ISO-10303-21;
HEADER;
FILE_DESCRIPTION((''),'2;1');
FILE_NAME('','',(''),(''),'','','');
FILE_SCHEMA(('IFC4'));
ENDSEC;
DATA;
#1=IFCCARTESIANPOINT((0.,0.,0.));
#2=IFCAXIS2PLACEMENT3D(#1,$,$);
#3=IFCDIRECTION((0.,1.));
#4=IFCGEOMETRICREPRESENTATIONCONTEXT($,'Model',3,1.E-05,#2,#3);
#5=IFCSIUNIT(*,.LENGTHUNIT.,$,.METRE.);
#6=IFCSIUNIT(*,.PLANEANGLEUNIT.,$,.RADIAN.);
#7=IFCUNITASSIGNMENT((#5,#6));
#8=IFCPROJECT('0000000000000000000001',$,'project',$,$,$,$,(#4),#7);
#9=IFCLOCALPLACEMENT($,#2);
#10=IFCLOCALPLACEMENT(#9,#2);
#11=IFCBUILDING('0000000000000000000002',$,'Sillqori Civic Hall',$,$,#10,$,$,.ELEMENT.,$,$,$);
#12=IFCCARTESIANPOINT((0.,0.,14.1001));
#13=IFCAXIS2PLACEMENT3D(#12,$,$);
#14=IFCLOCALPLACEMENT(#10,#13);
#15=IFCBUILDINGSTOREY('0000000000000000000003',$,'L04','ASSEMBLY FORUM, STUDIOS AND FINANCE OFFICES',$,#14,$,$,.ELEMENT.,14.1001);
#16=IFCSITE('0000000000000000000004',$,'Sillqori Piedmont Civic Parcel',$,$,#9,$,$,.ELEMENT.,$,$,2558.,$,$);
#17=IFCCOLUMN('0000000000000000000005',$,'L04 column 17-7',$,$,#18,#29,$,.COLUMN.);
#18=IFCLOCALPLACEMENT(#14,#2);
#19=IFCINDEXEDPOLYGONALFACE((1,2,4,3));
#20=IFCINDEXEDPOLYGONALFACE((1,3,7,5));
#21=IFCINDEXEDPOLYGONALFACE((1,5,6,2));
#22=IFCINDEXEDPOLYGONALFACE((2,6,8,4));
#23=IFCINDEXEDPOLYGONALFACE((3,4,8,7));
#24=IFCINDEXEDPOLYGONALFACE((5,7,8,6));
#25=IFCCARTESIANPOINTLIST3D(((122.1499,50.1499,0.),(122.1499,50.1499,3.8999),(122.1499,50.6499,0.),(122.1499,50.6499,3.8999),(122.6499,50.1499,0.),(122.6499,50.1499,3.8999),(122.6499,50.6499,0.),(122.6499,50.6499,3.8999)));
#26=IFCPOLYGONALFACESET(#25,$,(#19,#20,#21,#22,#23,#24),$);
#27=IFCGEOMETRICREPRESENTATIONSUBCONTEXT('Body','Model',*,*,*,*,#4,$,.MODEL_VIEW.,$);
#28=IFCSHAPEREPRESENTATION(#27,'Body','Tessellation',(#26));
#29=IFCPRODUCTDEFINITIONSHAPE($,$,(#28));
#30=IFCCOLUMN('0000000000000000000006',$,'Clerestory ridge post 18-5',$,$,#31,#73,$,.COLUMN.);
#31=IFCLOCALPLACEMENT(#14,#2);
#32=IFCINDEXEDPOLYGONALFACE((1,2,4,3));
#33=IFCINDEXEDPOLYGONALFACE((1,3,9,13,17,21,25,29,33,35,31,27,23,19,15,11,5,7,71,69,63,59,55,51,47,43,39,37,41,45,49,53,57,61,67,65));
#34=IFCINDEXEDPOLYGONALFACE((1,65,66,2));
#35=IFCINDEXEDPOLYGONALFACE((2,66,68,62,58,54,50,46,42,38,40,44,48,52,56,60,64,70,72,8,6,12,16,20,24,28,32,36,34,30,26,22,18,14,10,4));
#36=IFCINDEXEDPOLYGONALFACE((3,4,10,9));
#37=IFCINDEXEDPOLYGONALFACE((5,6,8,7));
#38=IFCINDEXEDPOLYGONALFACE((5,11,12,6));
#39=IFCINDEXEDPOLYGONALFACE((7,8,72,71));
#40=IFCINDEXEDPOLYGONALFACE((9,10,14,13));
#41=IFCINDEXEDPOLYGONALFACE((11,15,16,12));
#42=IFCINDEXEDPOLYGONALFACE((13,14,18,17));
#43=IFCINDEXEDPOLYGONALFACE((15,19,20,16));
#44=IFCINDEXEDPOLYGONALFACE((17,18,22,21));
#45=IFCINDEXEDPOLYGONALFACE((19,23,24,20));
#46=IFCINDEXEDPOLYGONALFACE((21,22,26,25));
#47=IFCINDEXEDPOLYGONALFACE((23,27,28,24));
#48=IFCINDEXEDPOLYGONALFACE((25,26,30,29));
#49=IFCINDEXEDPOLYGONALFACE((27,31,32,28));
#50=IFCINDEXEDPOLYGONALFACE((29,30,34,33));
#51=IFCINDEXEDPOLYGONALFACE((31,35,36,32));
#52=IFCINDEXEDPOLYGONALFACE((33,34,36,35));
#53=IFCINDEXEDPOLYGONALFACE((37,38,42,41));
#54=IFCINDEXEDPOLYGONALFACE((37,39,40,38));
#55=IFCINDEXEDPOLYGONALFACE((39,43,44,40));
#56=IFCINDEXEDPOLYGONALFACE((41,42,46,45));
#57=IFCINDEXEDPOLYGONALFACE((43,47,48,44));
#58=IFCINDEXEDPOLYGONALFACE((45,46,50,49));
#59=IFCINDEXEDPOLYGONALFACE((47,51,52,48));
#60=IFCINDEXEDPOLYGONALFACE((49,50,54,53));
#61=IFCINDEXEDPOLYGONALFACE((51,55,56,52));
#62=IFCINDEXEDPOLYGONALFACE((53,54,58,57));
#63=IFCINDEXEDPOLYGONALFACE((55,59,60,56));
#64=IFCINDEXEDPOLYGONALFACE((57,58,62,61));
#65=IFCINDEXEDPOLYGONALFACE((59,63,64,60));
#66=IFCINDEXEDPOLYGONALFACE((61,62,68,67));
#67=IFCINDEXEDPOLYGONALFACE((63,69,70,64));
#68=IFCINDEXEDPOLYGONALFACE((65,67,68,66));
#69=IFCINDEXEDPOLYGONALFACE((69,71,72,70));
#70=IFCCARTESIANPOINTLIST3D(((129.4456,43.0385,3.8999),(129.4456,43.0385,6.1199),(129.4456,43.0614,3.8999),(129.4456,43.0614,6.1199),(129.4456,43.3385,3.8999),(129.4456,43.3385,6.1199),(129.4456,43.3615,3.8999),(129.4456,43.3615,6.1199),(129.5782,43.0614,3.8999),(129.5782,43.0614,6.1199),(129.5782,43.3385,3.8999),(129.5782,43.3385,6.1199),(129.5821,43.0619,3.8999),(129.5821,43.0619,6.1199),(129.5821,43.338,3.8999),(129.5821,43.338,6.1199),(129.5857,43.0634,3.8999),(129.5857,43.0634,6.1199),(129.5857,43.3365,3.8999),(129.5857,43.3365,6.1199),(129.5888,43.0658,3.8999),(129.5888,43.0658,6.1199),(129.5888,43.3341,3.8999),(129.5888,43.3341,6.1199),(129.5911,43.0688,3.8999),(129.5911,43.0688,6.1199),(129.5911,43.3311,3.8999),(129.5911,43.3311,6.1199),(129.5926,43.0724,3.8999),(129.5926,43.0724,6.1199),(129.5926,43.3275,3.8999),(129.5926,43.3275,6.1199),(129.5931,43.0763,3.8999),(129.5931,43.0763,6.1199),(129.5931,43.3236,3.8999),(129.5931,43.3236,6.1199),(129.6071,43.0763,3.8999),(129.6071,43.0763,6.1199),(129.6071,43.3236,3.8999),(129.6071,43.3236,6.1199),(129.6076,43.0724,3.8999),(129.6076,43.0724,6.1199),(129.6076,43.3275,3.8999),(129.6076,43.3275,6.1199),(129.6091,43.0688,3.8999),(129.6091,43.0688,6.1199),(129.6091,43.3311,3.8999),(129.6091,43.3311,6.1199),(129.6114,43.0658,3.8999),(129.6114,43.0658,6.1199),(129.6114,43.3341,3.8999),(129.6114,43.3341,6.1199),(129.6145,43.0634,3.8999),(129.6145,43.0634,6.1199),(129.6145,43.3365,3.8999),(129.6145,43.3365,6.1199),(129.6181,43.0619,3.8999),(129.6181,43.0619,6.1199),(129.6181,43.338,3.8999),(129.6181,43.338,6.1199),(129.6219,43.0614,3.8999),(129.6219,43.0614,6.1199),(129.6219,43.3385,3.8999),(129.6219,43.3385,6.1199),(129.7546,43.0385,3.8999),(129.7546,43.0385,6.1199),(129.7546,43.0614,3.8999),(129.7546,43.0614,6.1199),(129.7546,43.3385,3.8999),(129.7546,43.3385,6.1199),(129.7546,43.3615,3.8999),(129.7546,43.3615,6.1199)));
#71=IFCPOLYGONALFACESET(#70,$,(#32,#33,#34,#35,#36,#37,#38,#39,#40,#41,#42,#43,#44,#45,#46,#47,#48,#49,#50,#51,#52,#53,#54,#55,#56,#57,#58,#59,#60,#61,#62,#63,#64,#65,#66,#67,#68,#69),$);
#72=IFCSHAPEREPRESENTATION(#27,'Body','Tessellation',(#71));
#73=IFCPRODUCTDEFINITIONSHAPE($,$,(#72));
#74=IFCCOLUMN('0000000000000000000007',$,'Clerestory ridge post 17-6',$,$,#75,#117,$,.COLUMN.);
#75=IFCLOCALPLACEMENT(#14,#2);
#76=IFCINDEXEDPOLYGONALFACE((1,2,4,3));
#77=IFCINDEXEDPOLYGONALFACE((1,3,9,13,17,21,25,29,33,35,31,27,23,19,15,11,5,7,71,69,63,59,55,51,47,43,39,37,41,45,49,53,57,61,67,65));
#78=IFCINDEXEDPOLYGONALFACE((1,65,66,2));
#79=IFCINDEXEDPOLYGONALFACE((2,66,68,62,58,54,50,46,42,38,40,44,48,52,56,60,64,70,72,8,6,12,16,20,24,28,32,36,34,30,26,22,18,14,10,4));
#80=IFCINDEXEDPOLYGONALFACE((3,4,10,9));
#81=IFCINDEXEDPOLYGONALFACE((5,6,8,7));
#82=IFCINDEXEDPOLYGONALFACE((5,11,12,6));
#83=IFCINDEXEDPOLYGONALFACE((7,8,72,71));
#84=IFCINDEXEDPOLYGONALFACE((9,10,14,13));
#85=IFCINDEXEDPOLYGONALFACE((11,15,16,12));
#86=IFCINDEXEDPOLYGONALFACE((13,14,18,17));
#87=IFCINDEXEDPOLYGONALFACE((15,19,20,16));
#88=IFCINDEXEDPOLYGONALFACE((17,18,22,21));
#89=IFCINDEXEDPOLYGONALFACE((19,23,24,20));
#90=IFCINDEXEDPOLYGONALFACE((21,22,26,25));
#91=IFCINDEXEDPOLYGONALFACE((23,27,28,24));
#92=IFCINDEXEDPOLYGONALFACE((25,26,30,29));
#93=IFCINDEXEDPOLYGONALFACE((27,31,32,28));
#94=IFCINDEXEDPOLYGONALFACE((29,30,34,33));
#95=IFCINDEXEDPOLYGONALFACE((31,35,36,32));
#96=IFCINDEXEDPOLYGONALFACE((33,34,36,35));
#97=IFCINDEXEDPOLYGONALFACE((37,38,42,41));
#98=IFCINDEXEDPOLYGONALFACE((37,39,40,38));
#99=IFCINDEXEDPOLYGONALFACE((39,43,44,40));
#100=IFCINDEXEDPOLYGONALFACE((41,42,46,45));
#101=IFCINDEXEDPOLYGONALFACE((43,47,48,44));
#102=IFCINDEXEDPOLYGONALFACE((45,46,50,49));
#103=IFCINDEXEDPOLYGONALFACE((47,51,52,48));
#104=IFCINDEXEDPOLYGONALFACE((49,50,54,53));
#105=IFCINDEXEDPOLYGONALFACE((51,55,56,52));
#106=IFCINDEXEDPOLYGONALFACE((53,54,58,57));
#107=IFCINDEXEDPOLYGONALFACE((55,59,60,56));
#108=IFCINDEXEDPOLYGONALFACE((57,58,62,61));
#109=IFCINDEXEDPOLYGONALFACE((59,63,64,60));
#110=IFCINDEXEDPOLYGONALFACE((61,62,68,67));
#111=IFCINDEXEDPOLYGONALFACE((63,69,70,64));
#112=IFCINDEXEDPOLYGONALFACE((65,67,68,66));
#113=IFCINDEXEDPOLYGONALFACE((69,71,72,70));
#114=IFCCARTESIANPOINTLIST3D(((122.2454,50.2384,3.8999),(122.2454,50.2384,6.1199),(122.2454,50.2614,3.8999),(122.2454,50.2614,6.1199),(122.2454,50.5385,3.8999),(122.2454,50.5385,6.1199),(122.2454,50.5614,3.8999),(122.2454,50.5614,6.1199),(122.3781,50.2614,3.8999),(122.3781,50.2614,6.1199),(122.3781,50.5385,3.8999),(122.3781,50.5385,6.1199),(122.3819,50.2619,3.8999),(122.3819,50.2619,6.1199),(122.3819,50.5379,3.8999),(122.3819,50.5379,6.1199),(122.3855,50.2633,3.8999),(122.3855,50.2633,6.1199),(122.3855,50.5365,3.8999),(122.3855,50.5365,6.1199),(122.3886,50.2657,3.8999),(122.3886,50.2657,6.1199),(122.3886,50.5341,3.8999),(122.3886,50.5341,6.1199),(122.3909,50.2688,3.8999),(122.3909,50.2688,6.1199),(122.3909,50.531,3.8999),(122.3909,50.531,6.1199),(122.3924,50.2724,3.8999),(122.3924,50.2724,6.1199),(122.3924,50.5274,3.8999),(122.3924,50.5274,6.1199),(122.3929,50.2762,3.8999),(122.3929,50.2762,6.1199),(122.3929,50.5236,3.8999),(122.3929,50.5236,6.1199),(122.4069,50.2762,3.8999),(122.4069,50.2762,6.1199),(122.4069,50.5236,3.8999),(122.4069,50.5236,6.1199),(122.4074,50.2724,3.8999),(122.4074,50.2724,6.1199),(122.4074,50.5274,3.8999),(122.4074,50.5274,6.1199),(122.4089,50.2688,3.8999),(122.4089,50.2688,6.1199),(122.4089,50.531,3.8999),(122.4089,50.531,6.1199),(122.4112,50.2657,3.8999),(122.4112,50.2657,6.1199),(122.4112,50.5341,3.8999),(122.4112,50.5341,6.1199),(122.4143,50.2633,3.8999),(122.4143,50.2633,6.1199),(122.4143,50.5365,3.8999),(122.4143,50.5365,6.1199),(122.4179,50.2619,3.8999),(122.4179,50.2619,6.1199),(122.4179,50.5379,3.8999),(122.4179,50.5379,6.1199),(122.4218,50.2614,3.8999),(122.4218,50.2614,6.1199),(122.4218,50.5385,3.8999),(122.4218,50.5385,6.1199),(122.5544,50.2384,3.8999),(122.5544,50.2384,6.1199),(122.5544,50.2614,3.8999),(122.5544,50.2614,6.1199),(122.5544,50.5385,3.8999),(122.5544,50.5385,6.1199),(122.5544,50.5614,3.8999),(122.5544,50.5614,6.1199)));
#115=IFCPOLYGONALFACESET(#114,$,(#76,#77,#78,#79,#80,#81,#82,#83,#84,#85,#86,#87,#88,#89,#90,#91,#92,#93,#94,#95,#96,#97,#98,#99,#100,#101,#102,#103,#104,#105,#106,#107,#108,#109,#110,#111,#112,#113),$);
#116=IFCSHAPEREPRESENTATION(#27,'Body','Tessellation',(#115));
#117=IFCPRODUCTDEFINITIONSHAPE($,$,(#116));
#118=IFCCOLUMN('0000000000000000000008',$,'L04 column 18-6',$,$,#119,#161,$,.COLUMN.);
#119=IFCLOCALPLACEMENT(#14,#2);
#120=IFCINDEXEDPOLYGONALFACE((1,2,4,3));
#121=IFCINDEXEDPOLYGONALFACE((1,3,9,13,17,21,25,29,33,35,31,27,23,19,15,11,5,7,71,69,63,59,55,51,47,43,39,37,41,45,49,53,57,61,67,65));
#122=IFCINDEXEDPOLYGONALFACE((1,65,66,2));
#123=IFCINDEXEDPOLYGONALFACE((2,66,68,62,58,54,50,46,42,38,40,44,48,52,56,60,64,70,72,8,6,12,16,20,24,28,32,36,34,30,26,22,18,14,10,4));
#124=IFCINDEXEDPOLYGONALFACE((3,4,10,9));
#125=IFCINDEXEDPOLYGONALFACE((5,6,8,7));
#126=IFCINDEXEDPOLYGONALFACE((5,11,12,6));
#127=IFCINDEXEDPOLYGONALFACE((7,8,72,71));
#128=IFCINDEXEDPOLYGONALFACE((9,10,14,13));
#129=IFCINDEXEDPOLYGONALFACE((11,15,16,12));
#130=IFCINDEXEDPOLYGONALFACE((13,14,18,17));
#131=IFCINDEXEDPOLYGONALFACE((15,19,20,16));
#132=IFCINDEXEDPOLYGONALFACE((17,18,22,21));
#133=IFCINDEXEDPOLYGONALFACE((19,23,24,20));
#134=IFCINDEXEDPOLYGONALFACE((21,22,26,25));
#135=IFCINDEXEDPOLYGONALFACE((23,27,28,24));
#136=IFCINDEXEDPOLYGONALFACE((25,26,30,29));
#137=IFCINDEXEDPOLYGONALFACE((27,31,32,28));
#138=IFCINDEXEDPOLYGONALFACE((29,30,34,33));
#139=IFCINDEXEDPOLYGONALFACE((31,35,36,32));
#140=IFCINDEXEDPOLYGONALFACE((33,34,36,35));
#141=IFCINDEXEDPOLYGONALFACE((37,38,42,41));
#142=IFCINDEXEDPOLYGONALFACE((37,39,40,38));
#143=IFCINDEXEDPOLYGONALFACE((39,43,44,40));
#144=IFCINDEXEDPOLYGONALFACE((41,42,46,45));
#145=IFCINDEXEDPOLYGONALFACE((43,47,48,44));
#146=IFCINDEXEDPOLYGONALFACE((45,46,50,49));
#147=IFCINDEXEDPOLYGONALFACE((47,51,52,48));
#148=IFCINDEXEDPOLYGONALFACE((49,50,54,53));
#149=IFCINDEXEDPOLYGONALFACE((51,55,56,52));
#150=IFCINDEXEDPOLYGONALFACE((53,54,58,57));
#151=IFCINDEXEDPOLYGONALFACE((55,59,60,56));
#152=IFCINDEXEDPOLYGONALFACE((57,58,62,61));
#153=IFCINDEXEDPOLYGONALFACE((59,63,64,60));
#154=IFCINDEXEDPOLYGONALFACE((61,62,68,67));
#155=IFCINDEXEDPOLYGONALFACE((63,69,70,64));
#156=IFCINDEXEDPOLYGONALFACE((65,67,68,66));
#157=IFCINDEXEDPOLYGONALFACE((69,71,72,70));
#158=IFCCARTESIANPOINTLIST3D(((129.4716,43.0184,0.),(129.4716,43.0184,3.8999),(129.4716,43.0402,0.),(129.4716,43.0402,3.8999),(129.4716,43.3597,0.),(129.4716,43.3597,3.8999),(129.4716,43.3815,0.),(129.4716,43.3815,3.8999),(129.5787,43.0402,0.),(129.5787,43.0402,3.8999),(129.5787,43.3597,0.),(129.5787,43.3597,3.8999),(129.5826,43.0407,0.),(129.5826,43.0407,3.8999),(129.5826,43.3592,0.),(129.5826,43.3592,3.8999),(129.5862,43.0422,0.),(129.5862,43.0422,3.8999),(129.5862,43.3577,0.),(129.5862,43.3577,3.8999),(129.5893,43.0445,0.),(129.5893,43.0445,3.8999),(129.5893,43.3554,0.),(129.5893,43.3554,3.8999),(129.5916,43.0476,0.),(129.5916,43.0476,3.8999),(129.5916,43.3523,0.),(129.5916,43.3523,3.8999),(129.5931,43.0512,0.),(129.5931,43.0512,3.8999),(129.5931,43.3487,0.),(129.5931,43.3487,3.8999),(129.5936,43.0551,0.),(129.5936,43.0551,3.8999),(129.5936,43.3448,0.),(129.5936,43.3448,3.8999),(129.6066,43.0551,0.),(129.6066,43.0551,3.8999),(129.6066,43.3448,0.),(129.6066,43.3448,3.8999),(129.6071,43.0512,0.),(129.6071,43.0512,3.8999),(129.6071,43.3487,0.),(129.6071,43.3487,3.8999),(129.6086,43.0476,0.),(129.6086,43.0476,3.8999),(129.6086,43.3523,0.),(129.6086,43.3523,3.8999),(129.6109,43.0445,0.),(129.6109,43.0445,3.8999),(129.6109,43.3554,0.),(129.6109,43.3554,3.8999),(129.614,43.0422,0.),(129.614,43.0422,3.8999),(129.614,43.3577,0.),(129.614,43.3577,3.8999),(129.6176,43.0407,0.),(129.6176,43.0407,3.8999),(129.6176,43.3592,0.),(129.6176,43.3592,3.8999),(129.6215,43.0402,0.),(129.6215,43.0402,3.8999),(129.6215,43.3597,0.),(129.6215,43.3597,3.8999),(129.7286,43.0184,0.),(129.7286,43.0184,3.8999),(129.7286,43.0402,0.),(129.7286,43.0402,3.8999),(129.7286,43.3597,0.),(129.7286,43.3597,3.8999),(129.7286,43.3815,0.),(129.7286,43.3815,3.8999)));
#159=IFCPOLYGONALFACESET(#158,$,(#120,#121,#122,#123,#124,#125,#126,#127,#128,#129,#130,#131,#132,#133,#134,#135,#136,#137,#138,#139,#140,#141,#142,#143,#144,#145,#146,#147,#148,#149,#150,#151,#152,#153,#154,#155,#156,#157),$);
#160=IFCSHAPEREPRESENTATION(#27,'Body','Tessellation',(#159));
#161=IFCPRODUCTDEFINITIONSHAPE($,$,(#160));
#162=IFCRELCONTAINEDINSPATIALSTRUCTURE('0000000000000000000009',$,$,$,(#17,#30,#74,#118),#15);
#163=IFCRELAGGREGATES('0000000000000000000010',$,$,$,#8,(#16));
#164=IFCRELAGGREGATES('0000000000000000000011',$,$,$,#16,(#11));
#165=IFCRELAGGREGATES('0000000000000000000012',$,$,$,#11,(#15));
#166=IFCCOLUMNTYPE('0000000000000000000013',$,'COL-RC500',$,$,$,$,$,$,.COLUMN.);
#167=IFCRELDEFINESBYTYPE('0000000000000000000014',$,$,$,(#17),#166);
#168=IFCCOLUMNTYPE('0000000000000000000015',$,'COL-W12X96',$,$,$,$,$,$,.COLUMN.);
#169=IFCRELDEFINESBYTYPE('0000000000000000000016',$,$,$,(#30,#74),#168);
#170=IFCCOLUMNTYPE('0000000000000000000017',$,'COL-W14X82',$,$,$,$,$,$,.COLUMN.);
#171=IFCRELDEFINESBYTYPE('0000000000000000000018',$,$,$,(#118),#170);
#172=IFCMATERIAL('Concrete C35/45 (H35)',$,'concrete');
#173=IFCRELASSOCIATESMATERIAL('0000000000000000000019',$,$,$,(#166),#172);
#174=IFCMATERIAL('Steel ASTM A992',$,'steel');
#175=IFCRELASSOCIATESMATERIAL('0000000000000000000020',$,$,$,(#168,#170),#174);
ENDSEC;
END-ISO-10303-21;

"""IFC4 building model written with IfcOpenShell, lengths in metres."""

from ifc_helpers import new_model, si_unit, direction, frame, origin, origin_2d, place, context, subcontext, project, spatial, rectangle, i_section, extrude, material, material_profile, profile_set, type_object, element, save


model = new_model("IFC4")

# Units and contexts
model_context = context("Model", 3, precision=1e-05, world=origin(), true_north=direction((0.0, 1.0)))
body_context = subcontext(model_context, "Body", "Model", "MODEL_VIEW")
ifc_project = project(units=[si_unit("LENGTHUNIT", "METRE"), si_unit("PLANEANGLEUNIT", "RADIAN")], contexts=[model_context])

# Site, building, storey
site_placement = place(None, origin())
site = spatial("IfcSite", under=ifc_project, at=site_placement, Name="Sillqori Piedmont Civic Parcel", CompositionType="ELEMENT", RefElevation=2558.0)
building_placement = place(site_placement, origin())
building = spatial("IfcBuilding", under=site, at=building_placement, Name="Sillqori Civic Hall", CompositionType="ELEMENT")
storey_placement = place(building_placement, frame((0.0, 0.0, 14.1001)))
storey = spatial("IfcBuildingStorey", under=building, at=storey_placement, Name="L04", Description="ASSEMBLY FORUM, STUDIOS AND FINANCE OFFICES", CompositionType="ELEMENT", Elevation=14.1001)

# Columns
ifc_material_1 = material(Name="Concrete C35/45 (H35)", Category="concrete")
ifc_material_profile_1 = material_profile(ifc_material_1, rectangle(XDim=0.5, YDim=0.5, at=origin_2d()), Name="RC 500x500")
ifc_profile_set_1 = profile_set([ifc_material_profile_1], Name="Concrete C35/45 (H35)")
column_type_1 = type_object("IfcColumnType", Name="COL-RC500", PredefinedType="COLUMN", material=ifc_profile_set_1)
column_1_placement = place(storey_placement, frame((122.3999, 50.3999, 0.0), z_axis=(0.0, 0.0, 1.0), x_axis=(1.0, 0.0, 0.0)))
element("IfcColumn", 1, at=column_1_placement, inside=storey, type_object=column_type_1, Name="L04 column 17-7", PredefinedType="COLUMN", context=body_context, shape_type="SweptSolid", body=[
    extrude(rectangle(XDim=0.5, YDim=0.5, at=origin_2d()), origin(), (0.0, 0.0, 1.0), 3.8999),
])
ifc_material_2 = material(Name="Steel ASTM A992", Category="steel")
ifc_material_profile_2 = material_profile(ifc_material_2, i_section(OverallWidth=0.3091, OverallDepth=0.323, WebThickness=0.0139, FlangeThickness=0.0229, FilletRadius=0.0149, at=origin_2d()), Name="W12X96")
ifc_profile_set_2 = profile_set([ifc_material_profile_2], Name="Steel ASTM A992")
column_type_2 = type_object("IfcColumnType", Name="COL-W12X96", PredefinedType="COLUMN", material=ifc_profile_set_2)
for number, where, z_axis, x_axis, name in (
    (2, (129.6001, 43.2, 3.8999), (0.0, 0.0, 1.0), (1.0, 0.0, 0.0), "Clerestory ridge post 18-5"),
    (3, (122.3999, 50.3999, 3.8999), (0.0, 0.0, 1.0), (1.0, 0.0, 0.0), "Clerestory ridge post 17-6"),
):
    element("IfcColumn", number, at=place(storey_placement, frame(where, z_axis=z_axis, x_axis=x_axis)), inside=storey, type_object=column_type_2, Name=name, PredefinedType="COLUMN", context=body_context, shape_type="SweptSolid", body=[
        extrude(i_section(OverallWidth=0.3091, OverallDepth=0.323, WebThickness=0.0139, FlangeThickness=0.0229, FilletRadius=0.0149, at=origin_2d()), origin(), (0.0, 0.0, 1.0), 2.22),
    ])
ifc_material_profile_3 = material_profile(ifc_material_2, i_section(OverallWidth=0.2571, OverallDepth=0.363, WebThickness=0.0129, FlangeThickness=0.0217, FilletRadius=0.0149, at=origin_2d()), Name="W14X82")
ifc_profile_set_3 = profile_set([ifc_material_profile_3], Name="Steel ASTM A992")
column_type_3 = type_object("IfcColumnType", Name="COL-W14X82", PredefinedType="COLUMN", material=ifc_profile_set_3)
column_2_placement = place(storey_placement, frame((129.6001, 43.2, 0.0), z_axis=(0.0, 0.0, 1.0), x_axis=(1.0, 0.0, 0.0)))
element("IfcColumn", 4, at=column_2_placement, inside=storey, type_object=column_type_3, Name="L04 column 18-6", PredefinedType="COLUMN", context=body_context, shape_type="SweptSolid", body=[
    extrude(i_section(OverallWidth=0.2571, OverallDepth=0.363, WebThickness=0.0129, FlangeThickness=0.0217, FilletRadius=0.0149, at=origin_2d()), origin(), (0.0, 0.0, 1.0), 3.8999),
])

save(model, "model.ifc")
